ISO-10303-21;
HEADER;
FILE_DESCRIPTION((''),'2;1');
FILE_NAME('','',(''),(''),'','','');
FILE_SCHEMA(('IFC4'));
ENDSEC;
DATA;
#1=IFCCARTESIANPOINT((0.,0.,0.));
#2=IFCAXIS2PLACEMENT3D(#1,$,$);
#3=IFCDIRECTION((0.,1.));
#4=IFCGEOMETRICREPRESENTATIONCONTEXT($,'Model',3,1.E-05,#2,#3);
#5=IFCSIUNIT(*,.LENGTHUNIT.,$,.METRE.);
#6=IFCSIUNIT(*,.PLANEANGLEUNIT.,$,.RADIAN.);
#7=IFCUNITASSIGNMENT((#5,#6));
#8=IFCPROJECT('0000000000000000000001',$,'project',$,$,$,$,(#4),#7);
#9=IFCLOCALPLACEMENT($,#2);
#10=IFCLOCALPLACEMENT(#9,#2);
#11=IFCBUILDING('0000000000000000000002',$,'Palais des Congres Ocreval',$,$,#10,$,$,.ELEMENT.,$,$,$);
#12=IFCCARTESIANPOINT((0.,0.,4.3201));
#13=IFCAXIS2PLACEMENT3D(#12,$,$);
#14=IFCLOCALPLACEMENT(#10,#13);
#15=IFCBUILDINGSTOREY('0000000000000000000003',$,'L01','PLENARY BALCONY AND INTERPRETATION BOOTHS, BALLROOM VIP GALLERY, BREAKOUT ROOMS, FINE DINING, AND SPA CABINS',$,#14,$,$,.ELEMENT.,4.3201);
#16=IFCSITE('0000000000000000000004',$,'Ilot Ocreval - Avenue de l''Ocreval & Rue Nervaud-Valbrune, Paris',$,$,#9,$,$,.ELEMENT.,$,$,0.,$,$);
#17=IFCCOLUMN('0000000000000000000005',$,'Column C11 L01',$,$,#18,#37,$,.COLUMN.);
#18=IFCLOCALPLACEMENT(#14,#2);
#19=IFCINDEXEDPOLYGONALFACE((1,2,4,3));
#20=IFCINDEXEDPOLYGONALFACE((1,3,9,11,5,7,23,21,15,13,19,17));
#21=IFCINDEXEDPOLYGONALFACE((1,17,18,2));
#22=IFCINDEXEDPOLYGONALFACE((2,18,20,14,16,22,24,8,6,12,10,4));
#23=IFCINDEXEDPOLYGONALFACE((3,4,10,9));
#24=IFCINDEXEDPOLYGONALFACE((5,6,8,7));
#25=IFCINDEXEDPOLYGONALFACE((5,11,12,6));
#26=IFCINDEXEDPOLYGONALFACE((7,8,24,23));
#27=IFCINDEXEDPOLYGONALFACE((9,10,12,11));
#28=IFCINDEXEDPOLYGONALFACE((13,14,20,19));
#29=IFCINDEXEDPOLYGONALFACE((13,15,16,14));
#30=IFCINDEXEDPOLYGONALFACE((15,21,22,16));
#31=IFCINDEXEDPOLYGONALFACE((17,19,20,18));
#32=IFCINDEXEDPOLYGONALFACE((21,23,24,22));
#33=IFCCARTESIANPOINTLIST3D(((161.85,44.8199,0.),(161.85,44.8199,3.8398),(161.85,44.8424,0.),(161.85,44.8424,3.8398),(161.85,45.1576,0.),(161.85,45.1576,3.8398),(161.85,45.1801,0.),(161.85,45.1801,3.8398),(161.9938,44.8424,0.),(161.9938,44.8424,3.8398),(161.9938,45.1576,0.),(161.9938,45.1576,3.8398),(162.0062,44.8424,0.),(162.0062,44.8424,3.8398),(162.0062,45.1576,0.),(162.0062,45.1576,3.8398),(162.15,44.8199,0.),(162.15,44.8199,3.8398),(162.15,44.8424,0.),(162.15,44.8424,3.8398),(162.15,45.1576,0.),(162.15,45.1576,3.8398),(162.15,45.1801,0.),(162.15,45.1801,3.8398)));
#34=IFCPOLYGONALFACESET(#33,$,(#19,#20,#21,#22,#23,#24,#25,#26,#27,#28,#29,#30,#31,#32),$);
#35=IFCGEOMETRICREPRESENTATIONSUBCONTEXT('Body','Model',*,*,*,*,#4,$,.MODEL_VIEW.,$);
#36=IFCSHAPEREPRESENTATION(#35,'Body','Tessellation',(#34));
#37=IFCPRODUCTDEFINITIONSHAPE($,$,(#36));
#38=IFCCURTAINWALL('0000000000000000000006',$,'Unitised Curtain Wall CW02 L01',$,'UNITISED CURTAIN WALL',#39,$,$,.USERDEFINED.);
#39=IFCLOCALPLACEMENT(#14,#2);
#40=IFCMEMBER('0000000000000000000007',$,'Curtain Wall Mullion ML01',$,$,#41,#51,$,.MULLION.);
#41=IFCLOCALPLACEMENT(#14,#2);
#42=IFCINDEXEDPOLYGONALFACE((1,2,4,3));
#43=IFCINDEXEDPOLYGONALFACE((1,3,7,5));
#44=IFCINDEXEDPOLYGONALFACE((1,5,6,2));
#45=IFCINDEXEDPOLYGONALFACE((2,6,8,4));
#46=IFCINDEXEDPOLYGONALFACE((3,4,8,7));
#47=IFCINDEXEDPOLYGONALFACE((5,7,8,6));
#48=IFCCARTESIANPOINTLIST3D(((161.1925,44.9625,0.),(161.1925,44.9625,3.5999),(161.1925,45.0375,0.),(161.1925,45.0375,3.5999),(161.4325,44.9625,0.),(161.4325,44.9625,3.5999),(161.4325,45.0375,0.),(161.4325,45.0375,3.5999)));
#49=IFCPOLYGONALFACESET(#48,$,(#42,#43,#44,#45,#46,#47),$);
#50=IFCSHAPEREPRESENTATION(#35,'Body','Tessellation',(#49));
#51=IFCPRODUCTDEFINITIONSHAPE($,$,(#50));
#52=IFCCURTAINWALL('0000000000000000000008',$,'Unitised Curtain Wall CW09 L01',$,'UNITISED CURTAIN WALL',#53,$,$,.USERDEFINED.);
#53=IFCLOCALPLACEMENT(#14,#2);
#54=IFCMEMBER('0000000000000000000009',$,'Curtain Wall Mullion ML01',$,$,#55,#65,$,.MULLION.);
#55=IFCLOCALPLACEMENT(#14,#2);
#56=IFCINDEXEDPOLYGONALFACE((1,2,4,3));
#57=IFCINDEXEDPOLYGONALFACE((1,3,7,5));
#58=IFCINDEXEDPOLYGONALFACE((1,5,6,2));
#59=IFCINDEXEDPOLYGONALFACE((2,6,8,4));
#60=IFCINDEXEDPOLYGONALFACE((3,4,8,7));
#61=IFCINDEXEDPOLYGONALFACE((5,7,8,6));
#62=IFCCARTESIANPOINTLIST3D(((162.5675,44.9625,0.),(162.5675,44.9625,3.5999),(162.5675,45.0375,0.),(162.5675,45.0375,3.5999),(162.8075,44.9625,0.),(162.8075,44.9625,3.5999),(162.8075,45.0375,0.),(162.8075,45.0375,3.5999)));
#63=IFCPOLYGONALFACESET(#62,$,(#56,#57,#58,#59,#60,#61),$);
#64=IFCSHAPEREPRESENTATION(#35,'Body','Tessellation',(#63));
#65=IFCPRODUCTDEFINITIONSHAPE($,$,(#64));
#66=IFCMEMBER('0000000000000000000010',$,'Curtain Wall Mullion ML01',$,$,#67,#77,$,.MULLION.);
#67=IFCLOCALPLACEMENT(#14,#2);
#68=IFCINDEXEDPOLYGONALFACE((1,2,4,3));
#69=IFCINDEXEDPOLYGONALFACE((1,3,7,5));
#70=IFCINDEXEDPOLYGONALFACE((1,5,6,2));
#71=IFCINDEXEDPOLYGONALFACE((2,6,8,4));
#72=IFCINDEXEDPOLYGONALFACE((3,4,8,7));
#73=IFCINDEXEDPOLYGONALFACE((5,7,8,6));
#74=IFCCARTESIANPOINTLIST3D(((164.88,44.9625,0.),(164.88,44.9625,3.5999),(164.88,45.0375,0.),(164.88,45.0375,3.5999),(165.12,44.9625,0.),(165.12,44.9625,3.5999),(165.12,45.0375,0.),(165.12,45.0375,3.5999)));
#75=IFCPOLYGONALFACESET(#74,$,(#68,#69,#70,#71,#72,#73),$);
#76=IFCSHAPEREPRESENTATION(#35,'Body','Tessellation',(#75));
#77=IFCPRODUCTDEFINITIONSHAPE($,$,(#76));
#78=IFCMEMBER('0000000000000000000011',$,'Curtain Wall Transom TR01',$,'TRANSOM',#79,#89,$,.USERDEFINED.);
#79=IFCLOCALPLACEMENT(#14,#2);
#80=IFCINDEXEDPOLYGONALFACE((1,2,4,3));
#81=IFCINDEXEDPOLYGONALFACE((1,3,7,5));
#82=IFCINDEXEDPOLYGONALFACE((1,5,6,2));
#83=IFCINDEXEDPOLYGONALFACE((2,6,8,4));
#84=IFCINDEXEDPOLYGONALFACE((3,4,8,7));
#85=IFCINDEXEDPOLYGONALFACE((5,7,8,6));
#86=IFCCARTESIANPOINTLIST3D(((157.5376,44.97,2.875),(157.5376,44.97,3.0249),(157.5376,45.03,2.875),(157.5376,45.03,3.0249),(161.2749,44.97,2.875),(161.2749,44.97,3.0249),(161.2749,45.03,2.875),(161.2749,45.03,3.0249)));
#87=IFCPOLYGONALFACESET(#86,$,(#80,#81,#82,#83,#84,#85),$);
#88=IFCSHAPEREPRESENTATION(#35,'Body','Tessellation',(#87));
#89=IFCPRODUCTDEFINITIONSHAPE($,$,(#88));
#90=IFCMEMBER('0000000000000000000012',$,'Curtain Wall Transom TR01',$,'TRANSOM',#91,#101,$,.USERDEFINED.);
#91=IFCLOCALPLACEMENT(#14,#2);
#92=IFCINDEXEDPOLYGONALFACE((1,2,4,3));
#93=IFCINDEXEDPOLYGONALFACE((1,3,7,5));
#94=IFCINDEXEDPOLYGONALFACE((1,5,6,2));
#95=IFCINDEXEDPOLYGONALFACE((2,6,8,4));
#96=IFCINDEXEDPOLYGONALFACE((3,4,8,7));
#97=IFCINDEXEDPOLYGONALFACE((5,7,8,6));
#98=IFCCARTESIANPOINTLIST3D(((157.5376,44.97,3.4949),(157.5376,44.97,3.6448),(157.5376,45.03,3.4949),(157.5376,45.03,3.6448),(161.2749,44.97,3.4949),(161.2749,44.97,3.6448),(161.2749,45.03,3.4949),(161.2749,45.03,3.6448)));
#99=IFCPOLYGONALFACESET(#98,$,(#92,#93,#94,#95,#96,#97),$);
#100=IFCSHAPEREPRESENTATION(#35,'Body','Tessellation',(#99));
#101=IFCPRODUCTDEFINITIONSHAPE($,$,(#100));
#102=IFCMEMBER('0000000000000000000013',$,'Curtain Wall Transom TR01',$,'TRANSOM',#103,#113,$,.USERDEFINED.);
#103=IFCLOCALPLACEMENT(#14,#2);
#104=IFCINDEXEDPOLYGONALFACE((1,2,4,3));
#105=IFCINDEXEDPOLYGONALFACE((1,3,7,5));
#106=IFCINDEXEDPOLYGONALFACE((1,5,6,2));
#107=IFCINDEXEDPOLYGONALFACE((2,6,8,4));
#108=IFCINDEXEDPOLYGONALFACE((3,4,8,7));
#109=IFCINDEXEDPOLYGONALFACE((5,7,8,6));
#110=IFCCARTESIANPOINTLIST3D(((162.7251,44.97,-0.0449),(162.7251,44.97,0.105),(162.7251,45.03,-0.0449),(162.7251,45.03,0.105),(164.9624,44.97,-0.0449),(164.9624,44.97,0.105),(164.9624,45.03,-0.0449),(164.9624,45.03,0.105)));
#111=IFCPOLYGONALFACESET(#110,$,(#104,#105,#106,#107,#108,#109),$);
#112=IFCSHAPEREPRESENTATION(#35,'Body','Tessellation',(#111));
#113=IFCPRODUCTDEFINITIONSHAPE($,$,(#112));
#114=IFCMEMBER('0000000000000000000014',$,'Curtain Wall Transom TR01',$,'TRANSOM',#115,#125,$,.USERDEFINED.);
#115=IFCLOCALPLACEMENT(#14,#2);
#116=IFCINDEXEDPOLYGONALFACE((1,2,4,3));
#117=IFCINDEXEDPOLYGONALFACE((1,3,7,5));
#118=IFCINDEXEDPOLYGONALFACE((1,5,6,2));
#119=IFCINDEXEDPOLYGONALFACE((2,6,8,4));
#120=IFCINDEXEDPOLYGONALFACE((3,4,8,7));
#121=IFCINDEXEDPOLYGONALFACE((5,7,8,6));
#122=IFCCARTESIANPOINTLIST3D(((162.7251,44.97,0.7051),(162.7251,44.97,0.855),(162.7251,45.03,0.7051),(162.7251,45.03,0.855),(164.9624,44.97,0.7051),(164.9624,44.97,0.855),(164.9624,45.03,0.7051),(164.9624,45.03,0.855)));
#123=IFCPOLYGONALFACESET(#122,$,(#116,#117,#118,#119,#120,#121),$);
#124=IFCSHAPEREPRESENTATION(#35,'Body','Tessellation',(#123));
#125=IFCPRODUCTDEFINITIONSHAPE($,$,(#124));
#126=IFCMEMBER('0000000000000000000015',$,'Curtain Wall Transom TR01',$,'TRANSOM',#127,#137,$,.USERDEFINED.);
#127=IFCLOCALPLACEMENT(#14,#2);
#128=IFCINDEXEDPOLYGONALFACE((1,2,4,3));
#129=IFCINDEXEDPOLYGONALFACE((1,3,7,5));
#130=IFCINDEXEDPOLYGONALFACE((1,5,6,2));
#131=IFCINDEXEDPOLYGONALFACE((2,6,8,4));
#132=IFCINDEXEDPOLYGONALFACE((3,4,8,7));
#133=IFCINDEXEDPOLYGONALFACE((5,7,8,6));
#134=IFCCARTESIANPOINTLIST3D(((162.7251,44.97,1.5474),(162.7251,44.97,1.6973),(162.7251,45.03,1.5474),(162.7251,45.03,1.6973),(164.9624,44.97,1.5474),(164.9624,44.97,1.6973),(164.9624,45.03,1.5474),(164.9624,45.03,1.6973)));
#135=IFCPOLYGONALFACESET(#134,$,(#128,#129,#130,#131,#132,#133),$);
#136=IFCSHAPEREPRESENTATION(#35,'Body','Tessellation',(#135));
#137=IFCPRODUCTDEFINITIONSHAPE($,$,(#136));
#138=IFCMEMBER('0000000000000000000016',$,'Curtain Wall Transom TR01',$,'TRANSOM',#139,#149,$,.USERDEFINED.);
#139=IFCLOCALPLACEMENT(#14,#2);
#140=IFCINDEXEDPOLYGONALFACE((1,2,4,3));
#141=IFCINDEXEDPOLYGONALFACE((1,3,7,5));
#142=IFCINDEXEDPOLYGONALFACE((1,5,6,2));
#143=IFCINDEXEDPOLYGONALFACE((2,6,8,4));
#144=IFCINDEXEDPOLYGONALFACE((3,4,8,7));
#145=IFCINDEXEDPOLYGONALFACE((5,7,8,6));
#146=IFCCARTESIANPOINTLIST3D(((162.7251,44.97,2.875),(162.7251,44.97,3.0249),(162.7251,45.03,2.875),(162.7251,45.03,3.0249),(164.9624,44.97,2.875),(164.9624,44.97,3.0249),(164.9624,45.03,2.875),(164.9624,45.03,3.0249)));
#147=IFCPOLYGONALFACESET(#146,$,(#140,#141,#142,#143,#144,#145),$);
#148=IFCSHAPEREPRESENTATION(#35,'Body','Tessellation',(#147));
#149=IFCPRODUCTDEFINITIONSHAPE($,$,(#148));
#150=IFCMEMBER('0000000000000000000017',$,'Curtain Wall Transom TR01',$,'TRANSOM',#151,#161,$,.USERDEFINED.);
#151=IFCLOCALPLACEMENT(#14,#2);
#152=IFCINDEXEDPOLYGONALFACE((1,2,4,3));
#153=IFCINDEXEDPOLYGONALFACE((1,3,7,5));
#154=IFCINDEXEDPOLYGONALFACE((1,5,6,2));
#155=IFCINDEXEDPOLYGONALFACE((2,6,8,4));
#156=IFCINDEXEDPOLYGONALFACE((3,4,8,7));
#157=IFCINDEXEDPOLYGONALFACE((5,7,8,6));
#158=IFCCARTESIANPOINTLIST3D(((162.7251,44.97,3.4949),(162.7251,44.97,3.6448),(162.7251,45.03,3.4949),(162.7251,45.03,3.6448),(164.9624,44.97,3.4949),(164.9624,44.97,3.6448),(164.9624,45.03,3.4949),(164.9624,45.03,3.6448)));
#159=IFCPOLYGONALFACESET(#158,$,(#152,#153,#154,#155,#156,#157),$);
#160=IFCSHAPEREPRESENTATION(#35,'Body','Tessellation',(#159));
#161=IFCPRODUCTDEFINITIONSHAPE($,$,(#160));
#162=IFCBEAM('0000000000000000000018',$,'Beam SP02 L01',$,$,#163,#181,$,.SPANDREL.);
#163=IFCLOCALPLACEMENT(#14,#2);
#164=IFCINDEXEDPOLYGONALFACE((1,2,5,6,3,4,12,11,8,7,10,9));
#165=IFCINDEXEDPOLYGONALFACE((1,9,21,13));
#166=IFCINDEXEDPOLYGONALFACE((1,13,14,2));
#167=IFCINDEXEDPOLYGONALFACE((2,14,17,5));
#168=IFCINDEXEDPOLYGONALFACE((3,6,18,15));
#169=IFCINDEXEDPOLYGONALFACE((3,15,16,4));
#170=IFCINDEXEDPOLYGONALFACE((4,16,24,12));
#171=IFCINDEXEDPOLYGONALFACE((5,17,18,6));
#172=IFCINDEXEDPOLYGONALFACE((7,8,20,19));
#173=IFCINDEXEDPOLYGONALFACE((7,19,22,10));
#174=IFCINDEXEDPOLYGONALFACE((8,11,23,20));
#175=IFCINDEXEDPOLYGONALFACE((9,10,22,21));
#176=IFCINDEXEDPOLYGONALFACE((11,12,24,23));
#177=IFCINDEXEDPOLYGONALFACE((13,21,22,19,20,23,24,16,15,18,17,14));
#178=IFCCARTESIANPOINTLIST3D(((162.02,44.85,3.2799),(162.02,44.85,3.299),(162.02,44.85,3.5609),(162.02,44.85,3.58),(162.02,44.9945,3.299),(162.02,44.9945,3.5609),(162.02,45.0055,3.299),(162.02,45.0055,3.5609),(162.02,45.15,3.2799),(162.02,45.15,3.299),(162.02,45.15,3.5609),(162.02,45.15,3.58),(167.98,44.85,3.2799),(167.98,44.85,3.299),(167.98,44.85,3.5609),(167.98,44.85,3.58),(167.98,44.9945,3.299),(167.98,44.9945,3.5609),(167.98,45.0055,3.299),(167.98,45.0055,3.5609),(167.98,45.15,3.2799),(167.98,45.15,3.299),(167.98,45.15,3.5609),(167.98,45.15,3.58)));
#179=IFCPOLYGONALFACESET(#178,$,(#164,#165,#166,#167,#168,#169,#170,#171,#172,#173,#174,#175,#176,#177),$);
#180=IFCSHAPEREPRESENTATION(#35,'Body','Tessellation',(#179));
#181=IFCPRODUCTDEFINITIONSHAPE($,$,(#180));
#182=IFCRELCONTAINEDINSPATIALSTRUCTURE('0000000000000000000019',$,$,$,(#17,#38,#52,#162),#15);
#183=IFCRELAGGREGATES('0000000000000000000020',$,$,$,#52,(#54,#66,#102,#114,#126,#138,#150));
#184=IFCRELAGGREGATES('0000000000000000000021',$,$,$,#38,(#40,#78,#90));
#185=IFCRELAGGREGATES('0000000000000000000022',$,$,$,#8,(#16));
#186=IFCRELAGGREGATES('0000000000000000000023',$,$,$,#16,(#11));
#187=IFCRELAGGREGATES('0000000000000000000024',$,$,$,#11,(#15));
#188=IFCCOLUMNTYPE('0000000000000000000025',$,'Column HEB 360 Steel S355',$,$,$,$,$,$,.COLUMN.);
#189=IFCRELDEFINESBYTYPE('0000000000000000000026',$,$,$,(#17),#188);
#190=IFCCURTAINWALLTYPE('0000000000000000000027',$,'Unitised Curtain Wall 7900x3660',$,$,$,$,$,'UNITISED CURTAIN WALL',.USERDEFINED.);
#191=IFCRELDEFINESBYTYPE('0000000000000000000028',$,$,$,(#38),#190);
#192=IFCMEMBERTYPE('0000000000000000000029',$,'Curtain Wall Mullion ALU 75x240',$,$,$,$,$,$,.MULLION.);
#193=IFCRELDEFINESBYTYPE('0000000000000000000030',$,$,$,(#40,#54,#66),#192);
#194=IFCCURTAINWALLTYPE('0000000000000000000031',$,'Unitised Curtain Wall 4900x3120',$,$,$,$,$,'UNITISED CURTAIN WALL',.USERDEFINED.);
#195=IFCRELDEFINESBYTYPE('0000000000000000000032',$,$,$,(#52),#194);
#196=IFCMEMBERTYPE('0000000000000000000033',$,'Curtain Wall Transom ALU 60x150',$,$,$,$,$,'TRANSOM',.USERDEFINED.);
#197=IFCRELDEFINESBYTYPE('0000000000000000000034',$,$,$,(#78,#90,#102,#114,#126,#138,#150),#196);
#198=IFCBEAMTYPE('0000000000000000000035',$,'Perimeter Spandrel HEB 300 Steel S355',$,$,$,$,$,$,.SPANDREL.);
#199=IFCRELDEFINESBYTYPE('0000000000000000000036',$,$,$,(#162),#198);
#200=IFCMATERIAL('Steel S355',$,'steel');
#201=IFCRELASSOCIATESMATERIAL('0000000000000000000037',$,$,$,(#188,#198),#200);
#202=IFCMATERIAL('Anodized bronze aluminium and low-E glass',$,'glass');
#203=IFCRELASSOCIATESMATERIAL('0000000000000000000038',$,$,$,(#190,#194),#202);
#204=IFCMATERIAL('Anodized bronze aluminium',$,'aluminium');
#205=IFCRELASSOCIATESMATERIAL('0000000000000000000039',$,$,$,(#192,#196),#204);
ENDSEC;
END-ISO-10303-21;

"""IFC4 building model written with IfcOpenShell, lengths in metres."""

from ifc_helpers import new_model, si_unit, direction, frame, origin, origin_2d, place, context, subcontext, project, spatial, rectangle, i_section, extrude, material, material_profile, profile_set, type_object, element, aggregate, save


model = new_model("IFC4")

# Units and contexts
model_context = context("Model", 3, precision=1e-05, world=origin(), true_north=direction((0.0, 1.0)))
body_context = subcontext(model_context, "Body", "Model", "MODEL_VIEW")
ifc_project = project(units=[si_unit("LENGTHUNIT", "METRE"), si_unit("PLANEANGLEUNIT", "RADIAN")], contexts=[model_context])

# Site, building, storey
site_placement = place(None, origin())
site = spatial("IfcSite", under=ifc_project, at=site_placement, Name="Ilot Ocreval - Avenue de l'Ocreval & Rue Nervaud-Valbrune, Paris", CompositionType="ELEMENT", RefElevation=0.0)
building_placement = place(site_placement, origin())
building = spatial("IfcBuilding", under=site, at=building_placement, Name="Palais des Congres Ocreval", CompositionType="ELEMENT")
storey_placement = place(building_placement, frame((0.0, 0.0, 4.3201)))
storey = spatial("IfcBuildingStorey", under=building, at=storey_placement, Name="L01", Description="PLENARY BALCONY AND INTERPRETATION BOOTHS, BALLROOM VIP GALLERY, BREAKOUT ROOMS, FINE DINING, AND SPA CABINS", CompositionType="ELEMENT", Elevation=4.3201)

# Column
ifc_material_1 = material(Name="Steel S355", Category="steel")
ifc_material_profile_1 = material_profile(ifc_material_1, i_section(OverallWidth=0.3, OverallDepth=0.3601, WebThickness=0.0125, FlangeThickness=0.0225, at=origin_2d()), Name="HEB 360")
ifc_profile_set_1 = profile_set([ifc_material_profile_1], Name="Steel S355")
column_type = type_object("IfcColumnType", Name="Column HEB 360 Steel S355", PredefinedType="COLUMN", material=ifc_profile_set_1)
column_placement = place(storey_placement, frame((162.0, 45.0, 0.0), z_axis=(0.0, 0.0, 1.0), x_axis=(1.0, 0.0, 0.0)))
element("IfcColumn", 1, at=column_placement, inside=storey, type_object=column_type, Name="Column C11 L01", PredefinedType="COLUMN", context=body_context, shape_type="SweptSolid", body=[
    extrude(i_section(OverallWidth=0.3, OverallDepth=0.3601, WebThickness=0.0125, FlangeThickness=0.0225, at=origin_2d()), origin(), (0.0, 0.0, 1.0), 3.8398),
])

# Curtain wall, member
ifc_material_2 = material(Name="Anodized bronze aluminium and low-E glass", Category="glass")
curtain_wall_type_1 = type_object("IfcCurtainWallType", Name="Unitised Curtain Wall 7900x3660", ElementType="UNITISED CURTAIN WALL", PredefinedType="USERDEFINED", material=ifc_material_2)
curtain_wall_1_placement = place(storey_placement, origin())
curtain_wall_1 = element("IfcCurtainWall", 2, at=curtain_wall_1_placement, inside=storey, type_object=curtain_wall_type_1, Name="Unitised Curtain Wall CW02 L01", ObjectType="UNITISED CURTAIN WALL", PredefinedType="USERDEFINED")
ifc_material_3 = material(Name="Anodized bronze aluminium", Category="aluminium")
ifc_material_profile_2 = material_profile(ifc_material_3, rectangle(XDim=0.075, YDim=0.24, at=origin_2d()), Name="ALU 75x240")
ifc_profile_set_2 = profile_set([ifc_material_profile_2], Name="Anodized bronze aluminium")
member_type_1 = type_object("IfcMemberType", Name="Curtain Wall Mullion ALU 75x240", PredefinedType="MULLION", material=ifc_profile_set_2)
member_1_placement = place(storey_placement, frame((161.3125, 45.0, 0.0), z_axis=(0.0, 0.0, 1.0), x_axis=(0.0, 1.0, 0.0)))
member_1 = element("IfcMember", 3, at=member_1_placement, type_object=member_type_1, Name="Curtain Wall Mullion ML01", PredefinedType="MULLION", context=body_context, shape_type="SweptSolid", body=[
    extrude(rectangle(XDim=0.075, YDim=0.24, at=origin_2d()), origin(), (0.0, 0.0, 1.0), 3.5999),
])

# Curtain wall, members
curtain_wall_type_2 = type_object("IfcCurtainWallType", Name="Unitised Curtain Wall 4900x3120", ElementType="UNITISED CURTAIN WALL", PredefinedType="USERDEFINED", material=ifc_material_2)
curtain_wall_2_placement = place(storey_placement, origin())
curtain_wall_2 = element("IfcCurtainWall", 4, at=curtain_wall_2_placement, inside=storey, type_object=curtain_wall_type_2, Name="Unitised Curtain Wall CW09 L01", ObjectType="UNITISED CURTAIN WALL", PredefinedType="USERDEFINED")
member_2_placement = place(storey_placement, frame((162.6875, 45.0, 0.0), z_axis=(0.0, 0.0, 1.0), x_axis=(0.0, 1.0, 0.0)))
member_2 = element("IfcMember", 5, at=member_2_placement, type_object=member_type_1, Name="Curtain Wall Mullion ML01", PredefinedType="MULLION", context=body_context, shape_type="SweptSolid", body=[
    extrude(rectangle(XDim=0.075, YDim=0.24, at=origin_2d()), origin(), (0.0, 0.0, 1.0), 3.5999),
])
member_3_placement = place(storey_placement, frame((165.0, 45.0, 0.0), z_axis=(0.0, 0.0, 1.0), x_axis=(0.0, 1.0, 0.0)))
member_3 = element("IfcMember", 6, at=member_3_placement, type_object=member_type_1, Name="Curtain Wall Mullion ML01", PredefinedType="MULLION", context=body_context, shape_type="SweptSolid", body=[
    extrude(rectangle(XDim=0.075, YDim=0.24, at=origin_2d()), origin(), (0.0, 0.0, 1.0), 3.5999),
])

# Members
ifc_material_profile_3 = material_profile(ifc_material_3, rectangle(XDim=0.0601, YDim=0.1499, at=origin_2d()), Name="ALU 60x150")
ifc_profile_set_3 = profile_set([ifc_material_profile_3], Name="Anodized bronze aluminium")
member_type_2 = type_object("IfcMemberType", Name="Curtain Wall Transom ALU 60x150", ElementType="TRANSOM", PredefinedType="USERDEFINED", material=ifc_profile_set_3)
member_4_placement = place(storey_placement, frame((157.5376, 45.0, 2.95), z_axis=(1.0, 0.0, 0.0), x_axis=(0.0, 1.0, 0.0)))
member_4 = element("IfcMember", 7, at=member_4_placement, type_object=member_type_2, Name="Curtain Wall Transom TR01", ObjectType="TRANSOM", PredefinedType="USERDEFINED", context=body_context, shape_type="SweptSolid", body=[
    extrude(rectangle(XDim=0.0601, YDim=0.1499, at=origin_2d()), origin(), (0.0, 0.0, 1.0), 3.7373),
])
member_5_placement = place(storey_placement, frame((157.5376, 45.0, 3.5698), z_axis=(1.0, 0.0, 0.0), x_axis=(0.0, 1.0, 0.0)))
member_5 = element("IfcMember", 8, at=member_5_placement, type_object=member_type_2, Name="Curtain Wall Transom TR01", ObjectType="TRANSOM", PredefinedType="USERDEFINED", context=body_context, shape_type="SweptSolid", body=[
    extrude(rectangle(XDim=0.0601, YDim=0.1499, at=origin_2d()), origin(), (0.0, 0.0, 1.0), 3.7373),
])
member_6_placement = place(storey_placement, frame((162.7251, 45.0, 0.03), z_axis=(1.0, 0.0, 0.0), x_axis=(0.0, 1.0, 0.0)))
member_6 = element("IfcMember", 9, at=member_6_placement, type_object=member_type_2, Name="Curtain Wall Transom TR01", ObjectType="TRANSOM", PredefinedType="USERDEFINED", context=body_context, shape_type="SweptSolid", body=[
    extrude(rectangle(XDim=0.0601, YDim=0.1499, at=origin_2d()), origin(), (0.0, 0.0, 1.0), 2.2373),
])
member_7_placement = place(storey_placement, frame((162.7251, 45.0, 0.78), z_axis=(1.0, 0.0, 0.0), x_axis=(0.0, 1.0, 0.0)))
member_7 = element("IfcMember", 10, at=member_7_placement, type_object=member_type_2, Name="Curtain Wall Transom TR01", ObjectType="TRANSOM", PredefinedType="USERDEFINED", context=body_context, shape_type="SweptSolid", body=[
    extrude(rectangle(XDim=0.0601, YDim=0.1499, at=origin_2d()), origin(), (0.0, 0.0, 1.0), 2.2373),
])
member_8_placement = place(storey_placement, frame((162.7251, 45.0, 1.6223), z_axis=(1.0, 0.0, 0.0), x_axis=(0.0, 1.0, 0.0)))
member_8 = element("IfcMember", 11, at=member_8_placement, type_object=member_type_2, Name="Curtain Wall Transom TR01", ObjectType="TRANSOM", PredefinedType="USERDEFINED", context=body_context, shape_type="SweptSolid", body=[
    extrude(rectangle(XDim=0.0601, YDim=0.1499, at=origin_2d()), origin(), (0.0, 0.0, 1.0), 2.2373),
])
member_9_placement = place(storey_placement, frame((162.7251, 45.0, 2.95), z_axis=(1.0, 0.0, 0.0), x_axis=(0.0, 1.0, 0.0)))
member_9 = element("IfcMember", 12, at=member_9_placement, type_object=member_type_2, Name="Curtain Wall Transom TR01", ObjectType="TRANSOM", PredefinedType="USERDEFINED", context=body_context, shape_type="SweptSolid", body=[
    extrude(rectangle(XDim=0.0601, YDim=0.1499, at=origin_2d()), origin(), (0.0, 0.0, 1.0), 2.2373),
])
member_10_placement = place(storey_placement, frame((162.7251, 45.0, 3.5698), z_axis=(1.0, 0.0, 0.0), x_axis=(0.0, 1.0, 0.0)))
member_10 = element("IfcMember", 13, at=member_10_placement, type_object=member_type_2, Name="Curtain Wall Transom TR01", ObjectType="TRANSOM", PredefinedType="USERDEFINED", context=body_context, shape_type="SweptSolid", body=[
    extrude(rectangle(XDim=0.0601, YDim=0.1499, at=origin_2d()), origin(), (0.0, 0.0, 1.0), 2.2373),
])

# Beam
ifc_material_profile_4 = material_profile(ifc_material_1, i_section(OverallWidth=0.3, OverallDepth=0.3, WebThickness=0.011, FlangeThickness=0.019, at=origin_2d()), Name="HEB 300")
ifc_profile_set_4 = profile_set([ifc_material_profile_4], Name="Steel S355")
beam_type = type_object("IfcBeamType", Name="Perimeter Spandrel HEB 300 Steel S355", PredefinedType="SPANDREL", material=ifc_profile_set_4)
beam_placement = place(storey_placement, frame((162.02, 45.0, 3.4299), z_axis=(1.0, 0.0, 0.0), x_axis=(0.0, 1.0, 0.0)))
element("IfcBeam", 14, at=beam_placement, inside=storey, type_object=beam_type, Name="Beam SP02 L01", PredefinedType="SPANDREL", context=body_context, shape_type="SweptSolid", body=[
    extrude(i_section(OverallWidth=0.3, OverallDepth=0.3, WebThickness=0.011, FlangeThickness=0.019, at=origin_2d()), origin(), (0.0, 0.0, 1.0), 5.96),
])

aggregate(curtain_wall_2, [member_2, member_3, member_6, member_7, member_8, member_9, member_10])
aggregate(curtain_wall_1, [member_1, member_4, member_5])

save(model, "model.ifc")
